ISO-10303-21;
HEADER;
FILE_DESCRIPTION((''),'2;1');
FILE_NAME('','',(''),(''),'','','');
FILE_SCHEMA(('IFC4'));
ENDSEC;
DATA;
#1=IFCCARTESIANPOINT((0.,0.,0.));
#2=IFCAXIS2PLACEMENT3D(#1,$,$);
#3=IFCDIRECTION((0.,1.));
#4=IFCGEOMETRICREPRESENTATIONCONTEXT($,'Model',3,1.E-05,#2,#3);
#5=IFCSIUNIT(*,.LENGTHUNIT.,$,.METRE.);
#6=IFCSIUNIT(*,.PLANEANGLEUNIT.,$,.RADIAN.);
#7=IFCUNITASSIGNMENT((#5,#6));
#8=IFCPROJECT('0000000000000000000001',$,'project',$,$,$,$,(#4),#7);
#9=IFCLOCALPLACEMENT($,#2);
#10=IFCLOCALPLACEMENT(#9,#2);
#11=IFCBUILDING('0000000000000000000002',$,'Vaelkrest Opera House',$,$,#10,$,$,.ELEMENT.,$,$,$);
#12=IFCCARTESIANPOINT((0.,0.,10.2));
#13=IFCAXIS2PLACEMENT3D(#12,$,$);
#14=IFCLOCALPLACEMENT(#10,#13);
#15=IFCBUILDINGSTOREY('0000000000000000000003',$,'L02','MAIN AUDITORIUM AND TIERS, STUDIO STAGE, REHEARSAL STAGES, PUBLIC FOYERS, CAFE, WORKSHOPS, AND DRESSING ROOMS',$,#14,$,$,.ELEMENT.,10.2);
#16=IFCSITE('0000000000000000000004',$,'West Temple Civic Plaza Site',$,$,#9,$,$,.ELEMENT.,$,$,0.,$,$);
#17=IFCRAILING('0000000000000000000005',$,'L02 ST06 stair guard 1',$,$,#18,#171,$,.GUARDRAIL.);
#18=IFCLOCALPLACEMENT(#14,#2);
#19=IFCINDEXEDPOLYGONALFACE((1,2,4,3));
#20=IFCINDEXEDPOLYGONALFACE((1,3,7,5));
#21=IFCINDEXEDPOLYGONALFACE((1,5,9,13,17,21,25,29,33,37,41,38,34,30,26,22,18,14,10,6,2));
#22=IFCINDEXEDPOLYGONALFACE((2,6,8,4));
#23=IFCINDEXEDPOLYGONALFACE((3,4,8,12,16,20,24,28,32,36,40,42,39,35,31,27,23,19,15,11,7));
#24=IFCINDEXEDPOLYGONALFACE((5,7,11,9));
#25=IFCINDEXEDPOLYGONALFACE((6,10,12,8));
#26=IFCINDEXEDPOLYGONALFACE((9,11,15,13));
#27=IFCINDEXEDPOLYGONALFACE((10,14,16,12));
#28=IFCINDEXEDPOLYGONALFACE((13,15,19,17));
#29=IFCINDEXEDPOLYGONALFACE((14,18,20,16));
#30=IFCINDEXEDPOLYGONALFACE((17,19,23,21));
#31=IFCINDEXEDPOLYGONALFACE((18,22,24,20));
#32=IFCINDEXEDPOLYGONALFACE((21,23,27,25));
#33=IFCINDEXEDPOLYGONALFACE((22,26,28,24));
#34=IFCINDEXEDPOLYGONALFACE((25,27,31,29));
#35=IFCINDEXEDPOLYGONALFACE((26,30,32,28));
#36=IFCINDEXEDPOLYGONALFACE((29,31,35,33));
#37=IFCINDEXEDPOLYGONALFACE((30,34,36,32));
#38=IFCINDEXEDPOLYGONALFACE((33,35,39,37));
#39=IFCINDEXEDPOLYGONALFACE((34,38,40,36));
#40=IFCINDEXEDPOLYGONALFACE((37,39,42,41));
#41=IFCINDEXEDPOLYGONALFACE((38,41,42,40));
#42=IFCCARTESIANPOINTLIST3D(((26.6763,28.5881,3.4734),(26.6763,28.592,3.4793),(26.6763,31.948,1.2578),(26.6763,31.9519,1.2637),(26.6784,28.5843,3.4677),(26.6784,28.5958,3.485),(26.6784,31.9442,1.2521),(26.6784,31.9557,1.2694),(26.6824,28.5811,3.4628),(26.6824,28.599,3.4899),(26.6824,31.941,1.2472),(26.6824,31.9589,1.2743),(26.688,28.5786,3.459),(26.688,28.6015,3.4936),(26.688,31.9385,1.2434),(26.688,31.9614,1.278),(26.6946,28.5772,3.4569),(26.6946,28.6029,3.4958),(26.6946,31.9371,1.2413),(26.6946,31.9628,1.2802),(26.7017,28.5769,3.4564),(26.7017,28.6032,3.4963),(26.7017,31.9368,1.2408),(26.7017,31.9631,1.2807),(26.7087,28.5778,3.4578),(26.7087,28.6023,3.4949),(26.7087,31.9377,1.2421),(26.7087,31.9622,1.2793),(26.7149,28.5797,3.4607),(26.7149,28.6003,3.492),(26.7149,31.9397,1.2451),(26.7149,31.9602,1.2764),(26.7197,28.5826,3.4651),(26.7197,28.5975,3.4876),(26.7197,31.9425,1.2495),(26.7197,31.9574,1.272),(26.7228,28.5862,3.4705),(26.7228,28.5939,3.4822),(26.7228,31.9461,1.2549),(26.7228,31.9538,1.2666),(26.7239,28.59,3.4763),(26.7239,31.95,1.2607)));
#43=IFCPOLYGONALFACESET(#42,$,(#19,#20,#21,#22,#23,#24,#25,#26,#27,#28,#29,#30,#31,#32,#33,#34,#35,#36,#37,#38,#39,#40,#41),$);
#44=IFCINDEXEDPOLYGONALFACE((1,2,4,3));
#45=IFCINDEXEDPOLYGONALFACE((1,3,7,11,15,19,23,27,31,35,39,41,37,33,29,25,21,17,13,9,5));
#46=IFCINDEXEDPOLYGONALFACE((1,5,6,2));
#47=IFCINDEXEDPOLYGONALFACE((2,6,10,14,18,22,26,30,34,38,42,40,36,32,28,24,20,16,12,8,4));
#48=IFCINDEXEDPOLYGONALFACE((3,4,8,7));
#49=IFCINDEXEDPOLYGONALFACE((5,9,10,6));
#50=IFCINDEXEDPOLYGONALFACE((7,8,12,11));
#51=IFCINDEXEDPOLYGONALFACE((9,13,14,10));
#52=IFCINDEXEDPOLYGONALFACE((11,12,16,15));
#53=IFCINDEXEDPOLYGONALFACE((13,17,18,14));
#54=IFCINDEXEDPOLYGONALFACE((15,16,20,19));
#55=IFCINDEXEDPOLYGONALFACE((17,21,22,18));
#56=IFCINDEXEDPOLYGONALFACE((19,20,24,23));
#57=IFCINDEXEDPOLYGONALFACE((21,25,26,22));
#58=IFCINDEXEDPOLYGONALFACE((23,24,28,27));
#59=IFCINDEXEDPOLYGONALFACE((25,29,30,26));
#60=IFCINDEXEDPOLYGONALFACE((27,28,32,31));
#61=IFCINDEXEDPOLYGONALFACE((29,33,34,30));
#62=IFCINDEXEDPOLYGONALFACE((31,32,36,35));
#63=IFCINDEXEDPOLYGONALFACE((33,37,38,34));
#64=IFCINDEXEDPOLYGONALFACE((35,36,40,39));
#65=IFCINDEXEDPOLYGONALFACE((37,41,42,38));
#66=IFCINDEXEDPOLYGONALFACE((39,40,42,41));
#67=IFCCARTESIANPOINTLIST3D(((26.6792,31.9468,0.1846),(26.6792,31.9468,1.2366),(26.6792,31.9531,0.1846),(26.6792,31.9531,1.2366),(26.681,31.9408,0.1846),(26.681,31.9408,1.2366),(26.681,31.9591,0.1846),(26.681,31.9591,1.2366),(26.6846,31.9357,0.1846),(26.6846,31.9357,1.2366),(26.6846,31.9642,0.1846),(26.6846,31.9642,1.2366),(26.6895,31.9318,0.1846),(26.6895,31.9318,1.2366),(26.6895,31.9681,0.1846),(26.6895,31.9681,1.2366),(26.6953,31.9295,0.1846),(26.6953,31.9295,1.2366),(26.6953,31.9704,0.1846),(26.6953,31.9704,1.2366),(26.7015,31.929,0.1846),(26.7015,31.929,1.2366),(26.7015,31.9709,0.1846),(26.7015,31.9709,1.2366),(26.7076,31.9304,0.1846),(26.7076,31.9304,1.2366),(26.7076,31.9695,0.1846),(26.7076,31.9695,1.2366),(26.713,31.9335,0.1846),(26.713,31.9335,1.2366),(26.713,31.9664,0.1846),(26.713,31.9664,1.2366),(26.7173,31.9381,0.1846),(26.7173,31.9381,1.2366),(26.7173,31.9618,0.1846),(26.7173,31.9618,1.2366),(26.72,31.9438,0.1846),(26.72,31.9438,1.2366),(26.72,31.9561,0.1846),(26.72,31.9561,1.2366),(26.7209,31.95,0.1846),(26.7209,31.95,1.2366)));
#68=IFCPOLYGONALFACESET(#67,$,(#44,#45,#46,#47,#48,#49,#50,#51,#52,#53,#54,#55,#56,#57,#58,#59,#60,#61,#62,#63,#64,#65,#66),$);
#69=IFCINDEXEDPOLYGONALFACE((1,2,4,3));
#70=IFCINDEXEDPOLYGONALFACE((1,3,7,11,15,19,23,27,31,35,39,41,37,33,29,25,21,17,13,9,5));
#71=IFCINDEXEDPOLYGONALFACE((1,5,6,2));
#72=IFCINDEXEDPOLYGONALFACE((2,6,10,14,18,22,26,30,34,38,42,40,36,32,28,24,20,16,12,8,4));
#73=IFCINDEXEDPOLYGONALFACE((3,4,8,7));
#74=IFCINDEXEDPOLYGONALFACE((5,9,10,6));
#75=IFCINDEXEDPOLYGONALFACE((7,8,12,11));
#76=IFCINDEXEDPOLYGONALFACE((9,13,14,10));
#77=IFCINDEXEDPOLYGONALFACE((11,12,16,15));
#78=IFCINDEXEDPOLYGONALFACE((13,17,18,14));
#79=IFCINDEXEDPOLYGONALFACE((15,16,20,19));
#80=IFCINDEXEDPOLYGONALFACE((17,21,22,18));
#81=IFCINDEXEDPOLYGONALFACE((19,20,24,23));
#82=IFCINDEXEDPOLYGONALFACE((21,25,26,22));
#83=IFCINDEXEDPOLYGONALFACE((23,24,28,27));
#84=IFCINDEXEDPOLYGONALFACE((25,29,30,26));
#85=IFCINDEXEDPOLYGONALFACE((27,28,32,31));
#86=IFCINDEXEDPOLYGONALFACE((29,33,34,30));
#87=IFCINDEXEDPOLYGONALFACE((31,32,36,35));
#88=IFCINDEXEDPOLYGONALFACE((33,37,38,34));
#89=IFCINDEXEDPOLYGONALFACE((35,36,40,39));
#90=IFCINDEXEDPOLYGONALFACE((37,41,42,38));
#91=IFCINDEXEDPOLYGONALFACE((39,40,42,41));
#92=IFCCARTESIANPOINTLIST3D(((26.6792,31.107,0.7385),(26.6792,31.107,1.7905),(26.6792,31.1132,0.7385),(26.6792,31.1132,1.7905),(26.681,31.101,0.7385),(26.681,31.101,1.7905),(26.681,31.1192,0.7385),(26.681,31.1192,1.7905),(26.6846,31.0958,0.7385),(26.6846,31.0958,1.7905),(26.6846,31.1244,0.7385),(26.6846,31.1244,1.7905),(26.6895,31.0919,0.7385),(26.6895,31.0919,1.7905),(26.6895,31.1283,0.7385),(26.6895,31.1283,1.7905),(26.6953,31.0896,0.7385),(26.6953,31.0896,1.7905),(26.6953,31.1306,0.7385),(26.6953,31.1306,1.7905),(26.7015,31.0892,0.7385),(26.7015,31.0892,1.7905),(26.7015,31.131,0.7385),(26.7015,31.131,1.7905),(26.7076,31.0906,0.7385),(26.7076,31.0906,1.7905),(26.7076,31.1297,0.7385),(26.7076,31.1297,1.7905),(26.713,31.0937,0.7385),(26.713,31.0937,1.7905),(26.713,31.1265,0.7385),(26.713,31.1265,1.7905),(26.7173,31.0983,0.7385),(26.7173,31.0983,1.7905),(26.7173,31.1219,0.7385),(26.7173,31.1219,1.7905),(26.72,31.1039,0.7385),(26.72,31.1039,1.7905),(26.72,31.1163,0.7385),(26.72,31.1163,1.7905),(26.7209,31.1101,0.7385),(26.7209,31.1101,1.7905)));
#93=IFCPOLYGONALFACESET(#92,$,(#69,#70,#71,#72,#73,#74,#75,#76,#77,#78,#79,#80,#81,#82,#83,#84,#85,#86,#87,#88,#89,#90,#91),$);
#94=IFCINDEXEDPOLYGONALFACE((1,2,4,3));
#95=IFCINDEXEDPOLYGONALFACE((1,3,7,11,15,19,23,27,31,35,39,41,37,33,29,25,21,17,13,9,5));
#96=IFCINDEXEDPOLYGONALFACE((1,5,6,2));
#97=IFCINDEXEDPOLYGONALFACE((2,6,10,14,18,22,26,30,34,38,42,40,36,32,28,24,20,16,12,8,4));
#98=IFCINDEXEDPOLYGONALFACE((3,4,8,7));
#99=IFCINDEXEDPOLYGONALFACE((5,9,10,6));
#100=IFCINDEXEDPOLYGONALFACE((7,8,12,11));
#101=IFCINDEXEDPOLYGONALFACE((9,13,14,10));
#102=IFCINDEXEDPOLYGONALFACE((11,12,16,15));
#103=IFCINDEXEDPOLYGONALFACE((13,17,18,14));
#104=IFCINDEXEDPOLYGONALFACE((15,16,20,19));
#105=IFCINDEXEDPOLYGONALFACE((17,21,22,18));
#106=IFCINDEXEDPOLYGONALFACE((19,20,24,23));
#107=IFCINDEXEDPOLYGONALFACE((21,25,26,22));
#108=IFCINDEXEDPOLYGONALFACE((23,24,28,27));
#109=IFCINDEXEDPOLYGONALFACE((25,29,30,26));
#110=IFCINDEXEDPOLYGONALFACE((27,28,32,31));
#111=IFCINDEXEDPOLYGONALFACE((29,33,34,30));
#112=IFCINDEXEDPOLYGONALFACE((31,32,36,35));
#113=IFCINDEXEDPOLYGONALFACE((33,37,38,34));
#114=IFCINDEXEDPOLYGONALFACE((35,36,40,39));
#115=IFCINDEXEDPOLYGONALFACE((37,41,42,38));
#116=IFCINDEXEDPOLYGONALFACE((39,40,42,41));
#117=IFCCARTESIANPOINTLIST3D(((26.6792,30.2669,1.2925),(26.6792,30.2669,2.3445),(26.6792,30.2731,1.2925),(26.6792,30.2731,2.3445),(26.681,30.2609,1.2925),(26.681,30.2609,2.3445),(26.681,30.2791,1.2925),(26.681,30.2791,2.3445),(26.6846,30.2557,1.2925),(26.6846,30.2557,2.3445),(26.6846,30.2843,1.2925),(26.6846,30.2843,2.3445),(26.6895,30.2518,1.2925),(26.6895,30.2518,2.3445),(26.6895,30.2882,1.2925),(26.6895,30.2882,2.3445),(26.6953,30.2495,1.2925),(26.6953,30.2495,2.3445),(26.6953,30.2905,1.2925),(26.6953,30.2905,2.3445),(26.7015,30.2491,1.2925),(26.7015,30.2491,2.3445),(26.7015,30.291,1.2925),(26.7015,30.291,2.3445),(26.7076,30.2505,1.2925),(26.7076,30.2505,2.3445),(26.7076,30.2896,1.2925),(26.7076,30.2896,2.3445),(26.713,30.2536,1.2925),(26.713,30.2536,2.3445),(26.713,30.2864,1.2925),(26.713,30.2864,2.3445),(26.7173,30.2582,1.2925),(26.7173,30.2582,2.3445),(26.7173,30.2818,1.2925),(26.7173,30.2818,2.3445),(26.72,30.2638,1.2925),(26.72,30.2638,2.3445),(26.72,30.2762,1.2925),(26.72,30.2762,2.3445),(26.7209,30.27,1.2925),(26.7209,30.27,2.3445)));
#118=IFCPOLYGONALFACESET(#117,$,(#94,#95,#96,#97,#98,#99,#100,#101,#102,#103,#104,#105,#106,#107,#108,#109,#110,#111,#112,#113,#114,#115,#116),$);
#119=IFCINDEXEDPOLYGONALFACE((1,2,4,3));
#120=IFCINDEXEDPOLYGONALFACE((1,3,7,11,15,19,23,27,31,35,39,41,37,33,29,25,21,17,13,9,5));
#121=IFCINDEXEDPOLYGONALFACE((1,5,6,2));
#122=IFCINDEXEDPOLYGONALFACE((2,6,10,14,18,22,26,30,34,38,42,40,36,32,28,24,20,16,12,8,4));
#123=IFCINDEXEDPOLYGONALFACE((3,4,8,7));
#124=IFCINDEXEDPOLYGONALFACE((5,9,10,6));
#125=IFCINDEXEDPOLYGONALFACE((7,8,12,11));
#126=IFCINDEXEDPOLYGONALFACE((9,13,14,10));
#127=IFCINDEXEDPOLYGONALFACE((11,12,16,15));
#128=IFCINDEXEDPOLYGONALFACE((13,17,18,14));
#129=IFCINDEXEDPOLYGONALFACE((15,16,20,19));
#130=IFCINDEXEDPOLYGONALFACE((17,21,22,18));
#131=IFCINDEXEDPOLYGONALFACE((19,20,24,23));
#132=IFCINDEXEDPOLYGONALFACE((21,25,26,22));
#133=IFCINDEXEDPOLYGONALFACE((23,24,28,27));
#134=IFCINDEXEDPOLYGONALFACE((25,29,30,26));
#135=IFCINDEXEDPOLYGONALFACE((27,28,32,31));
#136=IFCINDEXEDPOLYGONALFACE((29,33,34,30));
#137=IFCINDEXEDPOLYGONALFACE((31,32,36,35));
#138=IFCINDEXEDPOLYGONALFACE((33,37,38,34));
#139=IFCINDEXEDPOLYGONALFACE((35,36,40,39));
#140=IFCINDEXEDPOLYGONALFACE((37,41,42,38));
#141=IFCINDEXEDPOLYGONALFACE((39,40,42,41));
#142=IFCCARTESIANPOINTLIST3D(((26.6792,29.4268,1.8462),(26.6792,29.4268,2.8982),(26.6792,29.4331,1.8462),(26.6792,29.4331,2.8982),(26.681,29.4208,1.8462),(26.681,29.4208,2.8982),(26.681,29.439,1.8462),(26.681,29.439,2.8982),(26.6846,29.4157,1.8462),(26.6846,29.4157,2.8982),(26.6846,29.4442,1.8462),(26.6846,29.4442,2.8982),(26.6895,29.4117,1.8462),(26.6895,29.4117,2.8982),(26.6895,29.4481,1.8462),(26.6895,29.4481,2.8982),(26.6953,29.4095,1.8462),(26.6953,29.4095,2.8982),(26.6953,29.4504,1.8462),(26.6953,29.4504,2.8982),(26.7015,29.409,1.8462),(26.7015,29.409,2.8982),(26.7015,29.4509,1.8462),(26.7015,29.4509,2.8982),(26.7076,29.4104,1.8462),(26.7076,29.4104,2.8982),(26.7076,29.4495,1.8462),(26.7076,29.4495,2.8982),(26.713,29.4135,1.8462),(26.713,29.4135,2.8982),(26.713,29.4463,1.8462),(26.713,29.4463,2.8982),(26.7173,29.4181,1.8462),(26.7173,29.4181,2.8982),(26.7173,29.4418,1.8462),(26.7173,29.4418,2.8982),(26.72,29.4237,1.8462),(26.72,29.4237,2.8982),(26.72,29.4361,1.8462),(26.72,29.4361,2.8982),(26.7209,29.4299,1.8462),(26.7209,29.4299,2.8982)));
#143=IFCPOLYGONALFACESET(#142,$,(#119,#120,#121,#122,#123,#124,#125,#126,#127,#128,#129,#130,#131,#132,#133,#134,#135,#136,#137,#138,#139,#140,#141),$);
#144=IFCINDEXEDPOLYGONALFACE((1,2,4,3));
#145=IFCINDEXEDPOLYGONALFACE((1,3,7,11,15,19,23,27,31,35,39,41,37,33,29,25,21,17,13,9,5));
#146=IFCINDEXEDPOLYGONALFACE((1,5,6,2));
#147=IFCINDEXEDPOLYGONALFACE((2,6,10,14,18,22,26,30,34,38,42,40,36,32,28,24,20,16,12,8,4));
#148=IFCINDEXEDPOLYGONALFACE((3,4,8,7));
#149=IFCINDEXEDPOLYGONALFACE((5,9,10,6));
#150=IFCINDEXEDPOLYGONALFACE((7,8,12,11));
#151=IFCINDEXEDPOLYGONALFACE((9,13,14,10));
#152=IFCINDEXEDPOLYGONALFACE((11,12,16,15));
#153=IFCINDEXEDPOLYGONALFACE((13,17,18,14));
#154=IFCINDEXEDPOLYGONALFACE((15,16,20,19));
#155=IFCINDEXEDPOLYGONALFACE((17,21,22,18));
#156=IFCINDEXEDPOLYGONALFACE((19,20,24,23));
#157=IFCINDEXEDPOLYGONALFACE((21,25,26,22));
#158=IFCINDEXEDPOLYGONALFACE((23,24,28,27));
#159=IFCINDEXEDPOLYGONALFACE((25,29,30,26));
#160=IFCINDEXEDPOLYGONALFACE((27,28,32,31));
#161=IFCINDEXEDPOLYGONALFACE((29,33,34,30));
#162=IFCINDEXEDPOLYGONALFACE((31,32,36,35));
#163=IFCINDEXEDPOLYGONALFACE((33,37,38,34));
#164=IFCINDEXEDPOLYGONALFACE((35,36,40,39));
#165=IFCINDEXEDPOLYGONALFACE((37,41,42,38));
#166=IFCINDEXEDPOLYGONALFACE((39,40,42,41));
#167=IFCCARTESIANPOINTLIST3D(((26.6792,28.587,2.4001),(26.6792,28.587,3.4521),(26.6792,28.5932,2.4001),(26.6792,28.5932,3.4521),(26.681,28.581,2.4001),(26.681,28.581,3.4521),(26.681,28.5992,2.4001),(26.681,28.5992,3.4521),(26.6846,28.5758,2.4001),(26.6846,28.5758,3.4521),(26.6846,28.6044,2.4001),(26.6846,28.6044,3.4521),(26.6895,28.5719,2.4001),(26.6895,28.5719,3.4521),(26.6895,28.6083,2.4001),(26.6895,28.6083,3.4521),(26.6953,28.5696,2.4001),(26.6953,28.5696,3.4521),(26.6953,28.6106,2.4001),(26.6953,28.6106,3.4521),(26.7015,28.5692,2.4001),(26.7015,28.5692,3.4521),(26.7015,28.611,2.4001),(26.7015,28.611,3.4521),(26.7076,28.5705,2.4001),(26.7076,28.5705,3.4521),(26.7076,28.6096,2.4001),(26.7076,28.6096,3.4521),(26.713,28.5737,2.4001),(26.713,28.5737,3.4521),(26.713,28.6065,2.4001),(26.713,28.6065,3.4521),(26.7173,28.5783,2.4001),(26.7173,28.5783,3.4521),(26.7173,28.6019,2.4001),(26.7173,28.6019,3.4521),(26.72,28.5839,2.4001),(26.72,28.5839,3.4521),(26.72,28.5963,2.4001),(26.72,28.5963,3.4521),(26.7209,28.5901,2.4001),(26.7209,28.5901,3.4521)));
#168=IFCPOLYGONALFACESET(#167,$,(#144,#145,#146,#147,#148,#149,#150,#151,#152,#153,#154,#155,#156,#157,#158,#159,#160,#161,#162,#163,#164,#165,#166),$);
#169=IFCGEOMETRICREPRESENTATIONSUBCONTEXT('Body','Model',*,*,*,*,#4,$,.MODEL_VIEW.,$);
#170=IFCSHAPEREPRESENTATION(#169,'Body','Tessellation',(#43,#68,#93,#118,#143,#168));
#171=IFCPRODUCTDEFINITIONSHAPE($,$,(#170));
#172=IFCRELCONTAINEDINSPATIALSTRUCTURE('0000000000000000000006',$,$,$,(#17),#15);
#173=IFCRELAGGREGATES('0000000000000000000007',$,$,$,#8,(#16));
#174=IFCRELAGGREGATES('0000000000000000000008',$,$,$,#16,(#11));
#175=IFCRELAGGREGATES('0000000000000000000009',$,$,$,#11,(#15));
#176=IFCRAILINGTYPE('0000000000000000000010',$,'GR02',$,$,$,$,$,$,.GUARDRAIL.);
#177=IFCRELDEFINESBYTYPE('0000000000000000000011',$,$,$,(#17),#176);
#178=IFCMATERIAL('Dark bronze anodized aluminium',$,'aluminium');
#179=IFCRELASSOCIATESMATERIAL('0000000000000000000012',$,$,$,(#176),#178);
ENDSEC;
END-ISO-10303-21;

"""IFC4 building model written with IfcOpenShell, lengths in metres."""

from ifc_helpers import new_model, si_unit, direction, frame, origin, origin_2d, place, context, subcontext, project, spatial, circle, extrude, material, type_object, element, save


model = new_model("IFC4")

# Units and contexts
model_context = context("Model", 3, precision=1e-05, world=origin(), true_north=direction((0.0, 1.0)))
body_context = subcontext(model_context, "Body", "Model", "MODEL_VIEW")
ifc_project = project(units=[si_unit("LENGTHUNIT", "METRE"), si_unit("PLANEANGLEUNIT", "RADIAN")], contexts=[model_context])

# Site, building, storey
site_placement = place(None, origin())
site = spatial("IfcSite", under=ifc_project, at=site_placement, Name="West Temple Civic Plaza Site", CompositionType="ELEMENT", RefElevation=0.0)
building_placement = place(site_placement, origin())
building = spatial("IfcBuilding", under=site, at=building_placement, Name="Vaelkrest Opera House", CompositionType="ELEMENT")
storey_placement = place(building_placement, frame((0.0, 0.0, 10.2)))
storey = spatial("IfcBuildingStorey", under=building, at=storey_placement, Name="L02", Description="MAIN AUDITORIUM AND TIERS, STUDIO STAGE, REHEARSAL STAGES, PUBLIC FOYERS, CAFE, WORKSHOPS, AND DRESSING ROOMS", CompositionType="ELEMENT", Elevation=10.2)

# Railing
ifc_material_1 = material(Name="Dark bronze anodized aluminium", Category="aluminium")
railing_type = type_object("IfcRailingType", Name="GR02", PredefinedType="GUARDRAIL", material=ifc_material_1)
railing_1_placement = place(storey_placement, frame((26.7, 31.95, 0.1846)))
element("IfcRailing", 1, at=railing_1_placement, inside=storey, type_object=railing_type, Name="L02 ST06 stair guard 1", PredefinedType="GUARDRAIL", context=body_context, shape_type="SweptSolid", body=[
    extrude(circle(Radius=0.0239, at=origin_2d()), frame((0.0, 0.0, 1.0762), z_axis=(0.0, -0.83483, 0.550508), x_axis=(1.0, 0.0, 0.0)), (0.0, 0.0, 1.0), 4.0247),
    extrude(circle(Radius=0.021, at=origin_2d()), origin(), (0.0, 0.0, 1.0), 1.052),
    extrude(circle(Radius=0.021, at=origin_2d()), frame((0.0, -0.8398, 0.554)), (0.0, 0.0, 1.0), 1.052),
    extrude(circle(Radius=0.021, at=origin_2d()), frame((0.0, -1.6799, 1.1079)), (0.0, 0.0, 1.0), 1.052),
    extrude(circle(Radius=0.021, at=origin_2d()), frame((0.0, -2.52, 1.6616)), (0.0, 0.0, 1.0), 1.052),
    extrude(circle(Radius=0.021, at=origin_2d()), frame((0.0, -3.3599, 2.2156)), (0.0, 0.0, 1.0), 1.052),
])

save(model, "model.ifc")
